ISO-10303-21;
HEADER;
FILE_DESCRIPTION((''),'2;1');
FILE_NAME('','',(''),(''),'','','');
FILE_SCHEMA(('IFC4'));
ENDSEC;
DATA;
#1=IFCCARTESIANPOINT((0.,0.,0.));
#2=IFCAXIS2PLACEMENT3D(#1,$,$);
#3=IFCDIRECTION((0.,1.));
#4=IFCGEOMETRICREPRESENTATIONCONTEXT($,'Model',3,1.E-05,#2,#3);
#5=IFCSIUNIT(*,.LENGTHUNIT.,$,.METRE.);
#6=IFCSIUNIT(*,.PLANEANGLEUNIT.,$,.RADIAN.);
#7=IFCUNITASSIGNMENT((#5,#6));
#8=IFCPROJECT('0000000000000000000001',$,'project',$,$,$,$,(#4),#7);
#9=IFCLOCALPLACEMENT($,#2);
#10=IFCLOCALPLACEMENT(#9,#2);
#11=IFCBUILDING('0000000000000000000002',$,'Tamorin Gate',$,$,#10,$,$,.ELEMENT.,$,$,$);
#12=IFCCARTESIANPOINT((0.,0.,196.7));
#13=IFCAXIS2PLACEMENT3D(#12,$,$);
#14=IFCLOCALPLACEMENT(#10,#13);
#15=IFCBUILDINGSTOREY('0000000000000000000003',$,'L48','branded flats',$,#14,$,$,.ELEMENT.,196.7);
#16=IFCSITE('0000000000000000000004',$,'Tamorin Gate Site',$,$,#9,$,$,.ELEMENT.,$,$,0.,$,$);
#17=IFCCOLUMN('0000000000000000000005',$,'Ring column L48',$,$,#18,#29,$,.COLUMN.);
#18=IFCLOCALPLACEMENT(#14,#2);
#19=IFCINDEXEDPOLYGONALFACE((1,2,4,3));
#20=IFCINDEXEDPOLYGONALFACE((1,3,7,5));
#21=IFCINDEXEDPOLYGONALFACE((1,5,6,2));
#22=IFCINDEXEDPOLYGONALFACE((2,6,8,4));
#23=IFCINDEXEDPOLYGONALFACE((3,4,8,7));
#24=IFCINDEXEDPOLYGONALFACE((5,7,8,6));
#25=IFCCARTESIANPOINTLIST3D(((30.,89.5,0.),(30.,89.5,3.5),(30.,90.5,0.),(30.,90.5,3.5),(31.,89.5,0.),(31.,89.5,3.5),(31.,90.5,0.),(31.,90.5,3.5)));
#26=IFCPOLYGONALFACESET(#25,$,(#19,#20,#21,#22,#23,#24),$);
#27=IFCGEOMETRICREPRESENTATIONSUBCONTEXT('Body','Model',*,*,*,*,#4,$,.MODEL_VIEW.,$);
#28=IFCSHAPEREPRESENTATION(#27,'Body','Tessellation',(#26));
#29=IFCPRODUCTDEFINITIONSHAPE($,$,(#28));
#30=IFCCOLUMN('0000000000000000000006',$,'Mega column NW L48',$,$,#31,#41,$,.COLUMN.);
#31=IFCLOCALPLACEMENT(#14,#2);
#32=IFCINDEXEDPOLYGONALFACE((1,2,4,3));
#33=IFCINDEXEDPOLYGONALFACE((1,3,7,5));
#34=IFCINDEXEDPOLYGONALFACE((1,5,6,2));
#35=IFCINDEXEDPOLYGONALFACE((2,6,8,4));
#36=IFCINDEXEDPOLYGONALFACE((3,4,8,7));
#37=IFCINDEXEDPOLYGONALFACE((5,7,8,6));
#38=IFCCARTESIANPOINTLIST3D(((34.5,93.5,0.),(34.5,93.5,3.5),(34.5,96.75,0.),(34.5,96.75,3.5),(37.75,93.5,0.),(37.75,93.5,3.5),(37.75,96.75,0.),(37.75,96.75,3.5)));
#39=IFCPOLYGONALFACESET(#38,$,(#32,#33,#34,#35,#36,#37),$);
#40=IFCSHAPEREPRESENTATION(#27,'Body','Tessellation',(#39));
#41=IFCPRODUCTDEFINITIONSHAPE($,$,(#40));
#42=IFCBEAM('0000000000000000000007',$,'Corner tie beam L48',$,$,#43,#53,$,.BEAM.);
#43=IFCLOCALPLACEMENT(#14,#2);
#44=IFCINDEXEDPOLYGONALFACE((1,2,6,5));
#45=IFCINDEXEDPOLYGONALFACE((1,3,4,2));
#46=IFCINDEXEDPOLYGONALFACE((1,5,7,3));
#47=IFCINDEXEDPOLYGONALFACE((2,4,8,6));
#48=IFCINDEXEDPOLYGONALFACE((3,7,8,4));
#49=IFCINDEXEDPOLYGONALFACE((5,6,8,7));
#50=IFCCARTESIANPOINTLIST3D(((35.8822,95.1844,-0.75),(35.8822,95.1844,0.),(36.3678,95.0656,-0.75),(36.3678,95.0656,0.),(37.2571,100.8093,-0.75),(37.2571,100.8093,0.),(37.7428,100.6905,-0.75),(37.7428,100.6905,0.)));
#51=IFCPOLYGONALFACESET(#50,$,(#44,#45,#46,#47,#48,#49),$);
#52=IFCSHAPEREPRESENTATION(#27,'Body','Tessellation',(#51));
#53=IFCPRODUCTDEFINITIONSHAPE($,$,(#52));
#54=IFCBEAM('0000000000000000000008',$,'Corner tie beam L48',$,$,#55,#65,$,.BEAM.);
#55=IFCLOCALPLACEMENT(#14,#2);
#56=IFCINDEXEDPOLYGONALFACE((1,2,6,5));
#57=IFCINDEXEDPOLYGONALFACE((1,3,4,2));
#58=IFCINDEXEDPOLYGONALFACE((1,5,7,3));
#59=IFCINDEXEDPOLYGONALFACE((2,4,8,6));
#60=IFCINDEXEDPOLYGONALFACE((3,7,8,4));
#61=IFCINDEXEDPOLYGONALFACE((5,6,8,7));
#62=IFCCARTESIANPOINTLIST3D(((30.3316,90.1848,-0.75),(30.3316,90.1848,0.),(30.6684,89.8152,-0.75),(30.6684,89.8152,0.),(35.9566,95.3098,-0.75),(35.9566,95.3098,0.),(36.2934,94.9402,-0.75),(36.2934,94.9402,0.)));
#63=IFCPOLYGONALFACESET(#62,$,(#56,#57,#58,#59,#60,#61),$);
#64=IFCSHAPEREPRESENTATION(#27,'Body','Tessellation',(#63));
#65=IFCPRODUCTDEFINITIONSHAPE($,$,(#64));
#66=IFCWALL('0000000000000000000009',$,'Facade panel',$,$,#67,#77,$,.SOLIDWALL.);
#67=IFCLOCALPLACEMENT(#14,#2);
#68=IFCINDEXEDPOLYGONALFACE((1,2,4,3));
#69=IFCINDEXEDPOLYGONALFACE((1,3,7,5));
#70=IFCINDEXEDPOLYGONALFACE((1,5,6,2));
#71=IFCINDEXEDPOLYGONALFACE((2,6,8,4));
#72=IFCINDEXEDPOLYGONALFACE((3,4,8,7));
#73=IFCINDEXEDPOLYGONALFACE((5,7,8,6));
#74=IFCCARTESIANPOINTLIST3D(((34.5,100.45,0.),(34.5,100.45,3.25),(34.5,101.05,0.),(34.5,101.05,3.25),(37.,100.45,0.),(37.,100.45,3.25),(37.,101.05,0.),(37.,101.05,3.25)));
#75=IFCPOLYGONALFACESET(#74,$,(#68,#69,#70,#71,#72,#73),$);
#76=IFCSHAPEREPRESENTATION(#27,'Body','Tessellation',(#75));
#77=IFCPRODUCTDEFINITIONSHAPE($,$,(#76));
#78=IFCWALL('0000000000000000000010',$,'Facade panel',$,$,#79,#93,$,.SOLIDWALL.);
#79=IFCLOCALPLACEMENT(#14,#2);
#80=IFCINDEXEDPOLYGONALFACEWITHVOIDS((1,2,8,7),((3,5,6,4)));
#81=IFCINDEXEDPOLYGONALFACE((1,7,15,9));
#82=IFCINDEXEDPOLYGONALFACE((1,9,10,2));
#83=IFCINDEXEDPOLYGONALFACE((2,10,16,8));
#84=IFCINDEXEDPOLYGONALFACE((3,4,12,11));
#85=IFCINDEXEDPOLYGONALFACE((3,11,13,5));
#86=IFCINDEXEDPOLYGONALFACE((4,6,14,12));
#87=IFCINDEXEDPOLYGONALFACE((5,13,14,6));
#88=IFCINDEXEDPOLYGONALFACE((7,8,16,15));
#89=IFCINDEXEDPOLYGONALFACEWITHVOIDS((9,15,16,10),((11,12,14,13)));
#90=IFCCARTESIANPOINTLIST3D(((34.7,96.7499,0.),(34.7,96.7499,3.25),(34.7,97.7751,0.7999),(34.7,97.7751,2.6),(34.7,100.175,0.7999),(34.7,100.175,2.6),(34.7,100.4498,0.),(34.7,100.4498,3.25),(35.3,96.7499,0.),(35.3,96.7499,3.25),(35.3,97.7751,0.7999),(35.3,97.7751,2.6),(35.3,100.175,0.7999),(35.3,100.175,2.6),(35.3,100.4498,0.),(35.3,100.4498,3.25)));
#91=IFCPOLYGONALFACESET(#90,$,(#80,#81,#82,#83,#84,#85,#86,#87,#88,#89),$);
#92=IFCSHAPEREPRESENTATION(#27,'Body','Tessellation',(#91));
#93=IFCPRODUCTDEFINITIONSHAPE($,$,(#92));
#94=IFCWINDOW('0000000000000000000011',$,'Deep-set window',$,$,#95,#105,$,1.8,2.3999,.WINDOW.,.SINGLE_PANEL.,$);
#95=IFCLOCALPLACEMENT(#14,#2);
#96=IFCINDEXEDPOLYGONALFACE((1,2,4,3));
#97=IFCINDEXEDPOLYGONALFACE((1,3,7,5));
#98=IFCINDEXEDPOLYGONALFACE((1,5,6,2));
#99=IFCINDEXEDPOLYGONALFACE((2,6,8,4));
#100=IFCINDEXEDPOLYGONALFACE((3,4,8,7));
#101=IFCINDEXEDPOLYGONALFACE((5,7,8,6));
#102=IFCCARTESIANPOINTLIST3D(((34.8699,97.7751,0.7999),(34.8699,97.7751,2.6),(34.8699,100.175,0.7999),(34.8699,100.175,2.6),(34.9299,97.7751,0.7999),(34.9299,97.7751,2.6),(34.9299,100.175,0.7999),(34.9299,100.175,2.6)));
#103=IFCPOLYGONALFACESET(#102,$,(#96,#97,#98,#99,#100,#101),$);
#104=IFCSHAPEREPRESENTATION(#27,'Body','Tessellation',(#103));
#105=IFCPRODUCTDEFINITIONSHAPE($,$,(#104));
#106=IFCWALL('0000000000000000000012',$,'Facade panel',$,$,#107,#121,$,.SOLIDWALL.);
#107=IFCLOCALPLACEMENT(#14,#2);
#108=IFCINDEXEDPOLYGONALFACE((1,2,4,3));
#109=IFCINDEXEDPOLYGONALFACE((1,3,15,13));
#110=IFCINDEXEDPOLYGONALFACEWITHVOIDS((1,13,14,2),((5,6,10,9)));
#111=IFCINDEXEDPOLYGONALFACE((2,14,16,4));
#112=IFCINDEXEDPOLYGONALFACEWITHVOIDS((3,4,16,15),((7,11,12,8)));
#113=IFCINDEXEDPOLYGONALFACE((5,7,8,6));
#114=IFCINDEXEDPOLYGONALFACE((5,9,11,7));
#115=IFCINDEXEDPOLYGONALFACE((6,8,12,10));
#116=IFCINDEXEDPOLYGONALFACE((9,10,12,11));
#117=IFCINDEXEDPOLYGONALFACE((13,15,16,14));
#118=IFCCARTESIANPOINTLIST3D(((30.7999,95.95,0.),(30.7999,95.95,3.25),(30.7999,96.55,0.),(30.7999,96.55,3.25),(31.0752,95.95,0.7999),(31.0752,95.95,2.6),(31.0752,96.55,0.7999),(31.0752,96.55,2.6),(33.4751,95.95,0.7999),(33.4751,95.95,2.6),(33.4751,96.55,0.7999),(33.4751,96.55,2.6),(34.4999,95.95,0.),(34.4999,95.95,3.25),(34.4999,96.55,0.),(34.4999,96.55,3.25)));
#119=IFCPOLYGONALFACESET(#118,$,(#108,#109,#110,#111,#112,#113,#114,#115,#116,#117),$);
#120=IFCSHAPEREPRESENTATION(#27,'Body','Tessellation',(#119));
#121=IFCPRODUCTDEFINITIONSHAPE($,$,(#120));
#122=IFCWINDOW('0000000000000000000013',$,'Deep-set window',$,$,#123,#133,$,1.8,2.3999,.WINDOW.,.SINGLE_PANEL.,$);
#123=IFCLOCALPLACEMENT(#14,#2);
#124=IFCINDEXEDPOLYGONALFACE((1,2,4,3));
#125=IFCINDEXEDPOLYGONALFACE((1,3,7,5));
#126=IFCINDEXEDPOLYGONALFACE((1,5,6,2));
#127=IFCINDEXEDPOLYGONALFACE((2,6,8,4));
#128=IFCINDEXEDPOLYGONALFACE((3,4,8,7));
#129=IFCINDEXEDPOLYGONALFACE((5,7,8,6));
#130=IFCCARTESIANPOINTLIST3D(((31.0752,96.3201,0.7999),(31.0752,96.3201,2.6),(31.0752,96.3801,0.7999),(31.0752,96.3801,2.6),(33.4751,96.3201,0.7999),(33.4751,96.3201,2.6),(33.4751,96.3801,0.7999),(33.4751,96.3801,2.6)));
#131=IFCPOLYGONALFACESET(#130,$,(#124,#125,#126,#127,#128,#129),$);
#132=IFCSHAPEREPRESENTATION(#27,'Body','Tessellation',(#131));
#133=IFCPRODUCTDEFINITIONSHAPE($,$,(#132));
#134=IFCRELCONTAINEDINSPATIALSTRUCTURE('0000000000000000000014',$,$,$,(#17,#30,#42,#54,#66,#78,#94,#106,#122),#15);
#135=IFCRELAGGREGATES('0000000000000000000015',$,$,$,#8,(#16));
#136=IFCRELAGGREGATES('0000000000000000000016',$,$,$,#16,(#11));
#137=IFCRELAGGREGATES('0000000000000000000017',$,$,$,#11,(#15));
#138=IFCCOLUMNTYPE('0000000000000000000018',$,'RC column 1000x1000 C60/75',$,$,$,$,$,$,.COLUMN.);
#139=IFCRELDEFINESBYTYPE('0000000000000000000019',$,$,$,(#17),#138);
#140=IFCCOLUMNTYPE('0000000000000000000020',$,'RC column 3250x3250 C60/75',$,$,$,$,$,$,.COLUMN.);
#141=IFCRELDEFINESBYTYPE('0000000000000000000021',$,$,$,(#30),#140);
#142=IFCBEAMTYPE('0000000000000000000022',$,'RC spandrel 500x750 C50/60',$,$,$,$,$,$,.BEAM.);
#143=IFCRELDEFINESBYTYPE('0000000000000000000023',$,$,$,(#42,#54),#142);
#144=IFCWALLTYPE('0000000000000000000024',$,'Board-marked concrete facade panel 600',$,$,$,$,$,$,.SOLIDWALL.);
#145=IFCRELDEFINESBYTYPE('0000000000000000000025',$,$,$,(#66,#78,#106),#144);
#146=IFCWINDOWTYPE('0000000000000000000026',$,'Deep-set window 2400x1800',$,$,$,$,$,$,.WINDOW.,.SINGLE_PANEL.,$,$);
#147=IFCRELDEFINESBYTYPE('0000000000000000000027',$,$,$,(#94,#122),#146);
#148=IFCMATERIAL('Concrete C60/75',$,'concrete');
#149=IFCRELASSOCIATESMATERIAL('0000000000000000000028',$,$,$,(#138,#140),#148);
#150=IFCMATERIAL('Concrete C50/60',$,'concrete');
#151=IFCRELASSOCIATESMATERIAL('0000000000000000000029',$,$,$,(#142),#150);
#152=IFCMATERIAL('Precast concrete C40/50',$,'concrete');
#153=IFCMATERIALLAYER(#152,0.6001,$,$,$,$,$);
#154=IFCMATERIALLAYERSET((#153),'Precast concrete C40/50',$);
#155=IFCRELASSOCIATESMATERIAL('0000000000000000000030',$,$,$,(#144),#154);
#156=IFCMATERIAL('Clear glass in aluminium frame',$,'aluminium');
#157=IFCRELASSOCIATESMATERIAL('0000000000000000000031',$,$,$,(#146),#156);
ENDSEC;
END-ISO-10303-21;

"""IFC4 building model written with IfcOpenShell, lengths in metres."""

from ifc_helpers import new_model, si_unit, direction, frame, frame_2d, origin, origin_2d, place, context, subcontext, project, spatial, rectangle, extrude, material, layer, layer_set, material_profile, profile_set, type_object, element, fill, save


model = new_model("IFC4")

# Units and contexts
model_context = context("Model", 3, precision=1e-05, world=origin(), true_north=direction((0.0, 1.0)))
body_context = subcontext(model_context, "Body", "Model", "MODEL_VIEW")
ifc_project = project(units=[si_unit("LENGTHUNIT", "METRE"), si_unit("PLANEANGLEUNIT", "RADIAN")], contexts=[model_context])

# Site, building, storey
site_placement = place(None, origin())
site = spatial("IfcSite", under=ifc_project, at=site_placement, Name="Tamorin Gate Site", CompositionType="ELEMENT", RefElevation=0.0)
building_placement = place(site_placement, origin())
building = spatial("IfcBuilding", under=site, at=building_placement, Name="Tamorin Gate", CompositionType="ELEMENT")
storey_placement = place(building_placement, frame((0.0, 0.0, 196.7)))
storey = spatial("IfcBuildingStorey", under=building, at=storey_placement, Name="L48", Description="branded flats", CompositionType="ELEMENT", Elevation=196.7)

# Columns
ifc_material_1 = material(Name="Concrete C60/75", Category="concrete")
ifc_material_profile_1 = material_profile(ifc_material_1, rectangle(XDim=1.0, YDim=1.0, at=origin_2d()), Name="RC 1000x1000")
ifc_profile_set_1 = profile_set([ifc_material_profile_1], Name="Concrete C60/75")
column_type_1 = type_object("IfcColumnType", Name="RC column 1000x1000 C60/75", PredefinedType="COLUMN", material=ifc_profile_set_1)
column_1_placement = place(storey_placement, frame((30.5, 90.0, 0.0), z_axis=(0.0, 0.0, 1.0), x_axis=(1.0, 0.0, 0.0)))
element("IfcColumn", 1, at=column_1_placement, inside=storey, type_object=column_type_1, Name="Ring column L48", PredefinedType="COLUMN", context=body_context, shape_type="SweptSolid", body=[
    extrude(rectangle(XDim=1.0, YDim=1.0, at=origin_2d()), origin(), (0.0, 0.0, 1.0), 3.5),
])
ifc_material_profile_2 = material_profile(ifc_material_1, rectangle(XDim=3.25, YDim=3.25, at=origin_2d()), Name="RC 3250x3250")
ifc_profile_set_2 = profile_set([ifc_material_profile_2], Name="Concrete C60/75")
column_type_2 = type_object("IfcColumnType", Name="RC column 3250x3250 C60/75", PredefinedType="COLUMN", material=ifc_profile_set_2)
column_2_placement = place(storey_placement, frame((36.125, 95.125, 0.0), z_axis=(0.0, 0.0, 1.0), x_axis=(1.0, 0.0, 0.0)))
element("IfcColumn", 2, at=column_2_placement, inside=storey, type_object=column_type_2, Name="Mega column NW L48", PredefinedType="COLUMN", context=body_context, shape_type="SweptSolid", body=[
    extrude(rectangle(XDim=3.25, YDim=3.25, at=origin_2d()), origin(), (0.0, 0.0, 1.0), 3.5),
])

# Beams
ifc_material_2 = material(Name="Concrete C50/60", Category="concrete")
ifc_material_profile_3 = material_profile(ifc_material_2, rectangle(XDim=0.5, YDim=0.75, at=origin_2d()), Name="RC 500x750")
ifc_profile_set_3 = profile_set([ifc_material_profile_3], Name="Concrete C50/60")
beam_type = type_object("IfcBeamType", Name="RC spandrel 500x750 C50/60", PredefinedType="BEAM", material=ifc_profile_set_3)
beam_1_placement = place(storey_placement, frame((36.125, 95.125, -0.375), z_axis=(0.237453, 0.971399, 0.0), x_axis=(-0.971399, 0.237453, 0.0)))
element("IfcBeam", 3, at=beam_1_placement, inside=storey, type_object=beam_type, Name="Corner tie beam L48", PredefinedType="BEAM", context=body_context, shape_type="SweptSolid", body=[
    extrude(rectangle(XDim=0.5, YDim=0.75, at=origin_2d()), origin(), (0.0, 0.0, 1.0), 5.7905),
])
beam_2_placement = place(storey_placement, frame((36.125, 95.125, -0.375), z_axis=(-0.739196, -0.67349, 0.0), x_axis=(0.67349, -0.739196, 0.0)))
element("IfcBeam", 4, at=beam_2_placement, inside=storey, type_object=beam_type, Name="Corner tie beam L48", PredefinedType="BEAM", context=body_context, shape_type="SweptSolid", body=[
    extrude(rectangle(XDim=0.5, YDim=0.75, at=origin_2d()), origin(), (0.0, 0.0, 1.0), 7.6096),
])

# Wall
ifc_material_3 = material(Name="Precast concrete C40/50", Category="concrete")
ifc_layer = layer(ifc_material_3, 0.6001)
ifc_layer_set = layer_set([ifc_layer], Name="Precast concrete C40/50")
wall_type = type_object("IfcWallType", Name="Board-marked concrete facade panel 600", PredefinedType="SOLIDWALL", material=ifc_layer_set)
wall_1_placement = place(storey_placement, frame((37.0, 100.75, 0.0), z_axis=(0.0, 0.0, 1.0), x_axis=(-1.0, 0.0, 0.0)))
element("IfcWall", 5, at=wall_1_placement, inside=storey, type_object=wall_type, Name="Facade panel", PredefinedType="SOLIDWALL", context=body_context, shape_type="SweptSolid", body=[
    extrude(rectangle(XDim=2.5, YDim=0.6001, at=frame_2d((1.25, 0.0))), origin(), (0.0, 0.0, 1.0), 3.25),
])

# Walls, openings, windows
wall_2_placement = place(storey_placement, frame((35.0, 100.45, 0.0), z_axis=(0.0, 0.0, 1.0), x_axis=(0.0, -1.0, 0.0)))
wall_2 = element("IfcWall", 6, at=wall_2_placement, inside=storey, type_object=wall_type, Name="Facade panel", PredefinedType="SOLIDWALL", context=body_context, shape_type="SweptSolid", body=[
    extrude(rectangle(XDim=3.7, YDim=0.6001, at=frame_2d((1.8501, 0.0))), origin(), (0.0, 0.0, 1.0), 3.25),
])
opening_1_placement = place(wall_2_placement, frame((0.2749, 0.0, 0.8)))
opening_1 = element("IfcOpeningElement", 7, at=opening_1_placement, cuts=wall_2, PredefinedType="OPENING", context=body_context, shape_type="SweptSolid", body=[
    extrude(rectangle(XDim=2.3999, YDim=1.8, at=frame_2d((1.2, 0.8999))), frame((0.0, 0.3101, 0.0), z_axis=(0.0, -1.0, 0.0), x_axis=(1.0, 0.0, 0.0)), (0.0, 0.0, 1.0), 0.6201),
])
ifc_material_4 = material(Name="Clear glass in aluminium frame", Category="aluminium")
window_type_1 = type_object("IfcWindowType", Name="Deep-set window 2400x1800", PartitioningType="SINGLE_PANEL", PredefinedType="WINDOW", material=ifc_material_4)
window_1_placement = place(opening_1_placement, origin())
window_1 = element("IfcWindow", 8, at=window_1_placement, inside=storey, type_object=window_type_1, Name="Deep-set window", OverallHeight=1.8, OverallWidth=2.3999, PartitioningType="SINGLE_PANEL", PredefinedType="WINDOW", context=body_context, shape_type="SweptSolid", body=[
    extrude(rectangle(XDim=2.3999, YDim=1.8, at=frame_2d((1.2, 0.8999))), frame((0.0, -0.0701, 0.0), z_axis=(0.0, -1.0, 0.0), x_axis=(1.0, 0.0, 0.0)), (0.0, 0.0, 1.0), 0.0601),
])
fill(opening_1, window_1)
wall_3_placement = place(storey_placement, frame((34.5, 96.25, 0.0), z_axis=(0.0, 0.0, 1.0), x_axis=(-1.0, 0.0, 0.0)))
wall_3 = element("IfcWall", 9, at=wall_3_placement, inside=storey, type_object=wall_type, Name="Facade panel", PredefinedType="SOLIDWALL", context=body_context, shape_type="SweptSolid", body=[
    extrude(rectangle(XDim=3.7, YDim=0.6001, at=frame_2d((1.8501, 0.0))), origin(), (0.0, 0.0, 1.0), 3.25),
])
opening_2_placement = place(wall_3_placement, frame((1.0249, 0.0, 0.8)))
opening_2 = element("IfcOpeningElement", 10, at=opening_2_placement, cuts=wall_3, PredefinedType="OPENING", context=body_context, shape_type="SweptSolid", body=[
    extrude(rectangle(XDim=2.3999, YDim=1.8, at=frame_2d((1.2, 0.8999))), frame((0.0, 0.3101, 0.0), z_axis=(0.0, -1.0, 0.0), x_axis=(1.0, 0.0, 0.0)), (0.0, 0.0, 1.0), 0.6201),
])
window_2_placement = place(opening_2_placement, origin())
window_2 = element("IfcWindow", 11, at=window_2_placement, inside=storey, type_object=window_type_1, Name="Deep-set window", OverallHeight=1.8, OverallWidth=2.3999, PartitioningType="SINGLE_PANEL", PredefinedType="WINDOW", context=body_context, shape_type="SweptSolid", body=[
    extrude(rectangle(XDim=2.3999, YDim=1.8, at=frame_2d((1.2, 0.8999))), frame((0.0, -0.0701, 0.0), z_axis=(0.0, -1.0, 0.0), x_axis=(1.0, 0.0, 0.0)), (0.0, 0.0, 1.0), 0.0601),
])
fill(opening_2, window_2)

save(model, "model.ifc")
